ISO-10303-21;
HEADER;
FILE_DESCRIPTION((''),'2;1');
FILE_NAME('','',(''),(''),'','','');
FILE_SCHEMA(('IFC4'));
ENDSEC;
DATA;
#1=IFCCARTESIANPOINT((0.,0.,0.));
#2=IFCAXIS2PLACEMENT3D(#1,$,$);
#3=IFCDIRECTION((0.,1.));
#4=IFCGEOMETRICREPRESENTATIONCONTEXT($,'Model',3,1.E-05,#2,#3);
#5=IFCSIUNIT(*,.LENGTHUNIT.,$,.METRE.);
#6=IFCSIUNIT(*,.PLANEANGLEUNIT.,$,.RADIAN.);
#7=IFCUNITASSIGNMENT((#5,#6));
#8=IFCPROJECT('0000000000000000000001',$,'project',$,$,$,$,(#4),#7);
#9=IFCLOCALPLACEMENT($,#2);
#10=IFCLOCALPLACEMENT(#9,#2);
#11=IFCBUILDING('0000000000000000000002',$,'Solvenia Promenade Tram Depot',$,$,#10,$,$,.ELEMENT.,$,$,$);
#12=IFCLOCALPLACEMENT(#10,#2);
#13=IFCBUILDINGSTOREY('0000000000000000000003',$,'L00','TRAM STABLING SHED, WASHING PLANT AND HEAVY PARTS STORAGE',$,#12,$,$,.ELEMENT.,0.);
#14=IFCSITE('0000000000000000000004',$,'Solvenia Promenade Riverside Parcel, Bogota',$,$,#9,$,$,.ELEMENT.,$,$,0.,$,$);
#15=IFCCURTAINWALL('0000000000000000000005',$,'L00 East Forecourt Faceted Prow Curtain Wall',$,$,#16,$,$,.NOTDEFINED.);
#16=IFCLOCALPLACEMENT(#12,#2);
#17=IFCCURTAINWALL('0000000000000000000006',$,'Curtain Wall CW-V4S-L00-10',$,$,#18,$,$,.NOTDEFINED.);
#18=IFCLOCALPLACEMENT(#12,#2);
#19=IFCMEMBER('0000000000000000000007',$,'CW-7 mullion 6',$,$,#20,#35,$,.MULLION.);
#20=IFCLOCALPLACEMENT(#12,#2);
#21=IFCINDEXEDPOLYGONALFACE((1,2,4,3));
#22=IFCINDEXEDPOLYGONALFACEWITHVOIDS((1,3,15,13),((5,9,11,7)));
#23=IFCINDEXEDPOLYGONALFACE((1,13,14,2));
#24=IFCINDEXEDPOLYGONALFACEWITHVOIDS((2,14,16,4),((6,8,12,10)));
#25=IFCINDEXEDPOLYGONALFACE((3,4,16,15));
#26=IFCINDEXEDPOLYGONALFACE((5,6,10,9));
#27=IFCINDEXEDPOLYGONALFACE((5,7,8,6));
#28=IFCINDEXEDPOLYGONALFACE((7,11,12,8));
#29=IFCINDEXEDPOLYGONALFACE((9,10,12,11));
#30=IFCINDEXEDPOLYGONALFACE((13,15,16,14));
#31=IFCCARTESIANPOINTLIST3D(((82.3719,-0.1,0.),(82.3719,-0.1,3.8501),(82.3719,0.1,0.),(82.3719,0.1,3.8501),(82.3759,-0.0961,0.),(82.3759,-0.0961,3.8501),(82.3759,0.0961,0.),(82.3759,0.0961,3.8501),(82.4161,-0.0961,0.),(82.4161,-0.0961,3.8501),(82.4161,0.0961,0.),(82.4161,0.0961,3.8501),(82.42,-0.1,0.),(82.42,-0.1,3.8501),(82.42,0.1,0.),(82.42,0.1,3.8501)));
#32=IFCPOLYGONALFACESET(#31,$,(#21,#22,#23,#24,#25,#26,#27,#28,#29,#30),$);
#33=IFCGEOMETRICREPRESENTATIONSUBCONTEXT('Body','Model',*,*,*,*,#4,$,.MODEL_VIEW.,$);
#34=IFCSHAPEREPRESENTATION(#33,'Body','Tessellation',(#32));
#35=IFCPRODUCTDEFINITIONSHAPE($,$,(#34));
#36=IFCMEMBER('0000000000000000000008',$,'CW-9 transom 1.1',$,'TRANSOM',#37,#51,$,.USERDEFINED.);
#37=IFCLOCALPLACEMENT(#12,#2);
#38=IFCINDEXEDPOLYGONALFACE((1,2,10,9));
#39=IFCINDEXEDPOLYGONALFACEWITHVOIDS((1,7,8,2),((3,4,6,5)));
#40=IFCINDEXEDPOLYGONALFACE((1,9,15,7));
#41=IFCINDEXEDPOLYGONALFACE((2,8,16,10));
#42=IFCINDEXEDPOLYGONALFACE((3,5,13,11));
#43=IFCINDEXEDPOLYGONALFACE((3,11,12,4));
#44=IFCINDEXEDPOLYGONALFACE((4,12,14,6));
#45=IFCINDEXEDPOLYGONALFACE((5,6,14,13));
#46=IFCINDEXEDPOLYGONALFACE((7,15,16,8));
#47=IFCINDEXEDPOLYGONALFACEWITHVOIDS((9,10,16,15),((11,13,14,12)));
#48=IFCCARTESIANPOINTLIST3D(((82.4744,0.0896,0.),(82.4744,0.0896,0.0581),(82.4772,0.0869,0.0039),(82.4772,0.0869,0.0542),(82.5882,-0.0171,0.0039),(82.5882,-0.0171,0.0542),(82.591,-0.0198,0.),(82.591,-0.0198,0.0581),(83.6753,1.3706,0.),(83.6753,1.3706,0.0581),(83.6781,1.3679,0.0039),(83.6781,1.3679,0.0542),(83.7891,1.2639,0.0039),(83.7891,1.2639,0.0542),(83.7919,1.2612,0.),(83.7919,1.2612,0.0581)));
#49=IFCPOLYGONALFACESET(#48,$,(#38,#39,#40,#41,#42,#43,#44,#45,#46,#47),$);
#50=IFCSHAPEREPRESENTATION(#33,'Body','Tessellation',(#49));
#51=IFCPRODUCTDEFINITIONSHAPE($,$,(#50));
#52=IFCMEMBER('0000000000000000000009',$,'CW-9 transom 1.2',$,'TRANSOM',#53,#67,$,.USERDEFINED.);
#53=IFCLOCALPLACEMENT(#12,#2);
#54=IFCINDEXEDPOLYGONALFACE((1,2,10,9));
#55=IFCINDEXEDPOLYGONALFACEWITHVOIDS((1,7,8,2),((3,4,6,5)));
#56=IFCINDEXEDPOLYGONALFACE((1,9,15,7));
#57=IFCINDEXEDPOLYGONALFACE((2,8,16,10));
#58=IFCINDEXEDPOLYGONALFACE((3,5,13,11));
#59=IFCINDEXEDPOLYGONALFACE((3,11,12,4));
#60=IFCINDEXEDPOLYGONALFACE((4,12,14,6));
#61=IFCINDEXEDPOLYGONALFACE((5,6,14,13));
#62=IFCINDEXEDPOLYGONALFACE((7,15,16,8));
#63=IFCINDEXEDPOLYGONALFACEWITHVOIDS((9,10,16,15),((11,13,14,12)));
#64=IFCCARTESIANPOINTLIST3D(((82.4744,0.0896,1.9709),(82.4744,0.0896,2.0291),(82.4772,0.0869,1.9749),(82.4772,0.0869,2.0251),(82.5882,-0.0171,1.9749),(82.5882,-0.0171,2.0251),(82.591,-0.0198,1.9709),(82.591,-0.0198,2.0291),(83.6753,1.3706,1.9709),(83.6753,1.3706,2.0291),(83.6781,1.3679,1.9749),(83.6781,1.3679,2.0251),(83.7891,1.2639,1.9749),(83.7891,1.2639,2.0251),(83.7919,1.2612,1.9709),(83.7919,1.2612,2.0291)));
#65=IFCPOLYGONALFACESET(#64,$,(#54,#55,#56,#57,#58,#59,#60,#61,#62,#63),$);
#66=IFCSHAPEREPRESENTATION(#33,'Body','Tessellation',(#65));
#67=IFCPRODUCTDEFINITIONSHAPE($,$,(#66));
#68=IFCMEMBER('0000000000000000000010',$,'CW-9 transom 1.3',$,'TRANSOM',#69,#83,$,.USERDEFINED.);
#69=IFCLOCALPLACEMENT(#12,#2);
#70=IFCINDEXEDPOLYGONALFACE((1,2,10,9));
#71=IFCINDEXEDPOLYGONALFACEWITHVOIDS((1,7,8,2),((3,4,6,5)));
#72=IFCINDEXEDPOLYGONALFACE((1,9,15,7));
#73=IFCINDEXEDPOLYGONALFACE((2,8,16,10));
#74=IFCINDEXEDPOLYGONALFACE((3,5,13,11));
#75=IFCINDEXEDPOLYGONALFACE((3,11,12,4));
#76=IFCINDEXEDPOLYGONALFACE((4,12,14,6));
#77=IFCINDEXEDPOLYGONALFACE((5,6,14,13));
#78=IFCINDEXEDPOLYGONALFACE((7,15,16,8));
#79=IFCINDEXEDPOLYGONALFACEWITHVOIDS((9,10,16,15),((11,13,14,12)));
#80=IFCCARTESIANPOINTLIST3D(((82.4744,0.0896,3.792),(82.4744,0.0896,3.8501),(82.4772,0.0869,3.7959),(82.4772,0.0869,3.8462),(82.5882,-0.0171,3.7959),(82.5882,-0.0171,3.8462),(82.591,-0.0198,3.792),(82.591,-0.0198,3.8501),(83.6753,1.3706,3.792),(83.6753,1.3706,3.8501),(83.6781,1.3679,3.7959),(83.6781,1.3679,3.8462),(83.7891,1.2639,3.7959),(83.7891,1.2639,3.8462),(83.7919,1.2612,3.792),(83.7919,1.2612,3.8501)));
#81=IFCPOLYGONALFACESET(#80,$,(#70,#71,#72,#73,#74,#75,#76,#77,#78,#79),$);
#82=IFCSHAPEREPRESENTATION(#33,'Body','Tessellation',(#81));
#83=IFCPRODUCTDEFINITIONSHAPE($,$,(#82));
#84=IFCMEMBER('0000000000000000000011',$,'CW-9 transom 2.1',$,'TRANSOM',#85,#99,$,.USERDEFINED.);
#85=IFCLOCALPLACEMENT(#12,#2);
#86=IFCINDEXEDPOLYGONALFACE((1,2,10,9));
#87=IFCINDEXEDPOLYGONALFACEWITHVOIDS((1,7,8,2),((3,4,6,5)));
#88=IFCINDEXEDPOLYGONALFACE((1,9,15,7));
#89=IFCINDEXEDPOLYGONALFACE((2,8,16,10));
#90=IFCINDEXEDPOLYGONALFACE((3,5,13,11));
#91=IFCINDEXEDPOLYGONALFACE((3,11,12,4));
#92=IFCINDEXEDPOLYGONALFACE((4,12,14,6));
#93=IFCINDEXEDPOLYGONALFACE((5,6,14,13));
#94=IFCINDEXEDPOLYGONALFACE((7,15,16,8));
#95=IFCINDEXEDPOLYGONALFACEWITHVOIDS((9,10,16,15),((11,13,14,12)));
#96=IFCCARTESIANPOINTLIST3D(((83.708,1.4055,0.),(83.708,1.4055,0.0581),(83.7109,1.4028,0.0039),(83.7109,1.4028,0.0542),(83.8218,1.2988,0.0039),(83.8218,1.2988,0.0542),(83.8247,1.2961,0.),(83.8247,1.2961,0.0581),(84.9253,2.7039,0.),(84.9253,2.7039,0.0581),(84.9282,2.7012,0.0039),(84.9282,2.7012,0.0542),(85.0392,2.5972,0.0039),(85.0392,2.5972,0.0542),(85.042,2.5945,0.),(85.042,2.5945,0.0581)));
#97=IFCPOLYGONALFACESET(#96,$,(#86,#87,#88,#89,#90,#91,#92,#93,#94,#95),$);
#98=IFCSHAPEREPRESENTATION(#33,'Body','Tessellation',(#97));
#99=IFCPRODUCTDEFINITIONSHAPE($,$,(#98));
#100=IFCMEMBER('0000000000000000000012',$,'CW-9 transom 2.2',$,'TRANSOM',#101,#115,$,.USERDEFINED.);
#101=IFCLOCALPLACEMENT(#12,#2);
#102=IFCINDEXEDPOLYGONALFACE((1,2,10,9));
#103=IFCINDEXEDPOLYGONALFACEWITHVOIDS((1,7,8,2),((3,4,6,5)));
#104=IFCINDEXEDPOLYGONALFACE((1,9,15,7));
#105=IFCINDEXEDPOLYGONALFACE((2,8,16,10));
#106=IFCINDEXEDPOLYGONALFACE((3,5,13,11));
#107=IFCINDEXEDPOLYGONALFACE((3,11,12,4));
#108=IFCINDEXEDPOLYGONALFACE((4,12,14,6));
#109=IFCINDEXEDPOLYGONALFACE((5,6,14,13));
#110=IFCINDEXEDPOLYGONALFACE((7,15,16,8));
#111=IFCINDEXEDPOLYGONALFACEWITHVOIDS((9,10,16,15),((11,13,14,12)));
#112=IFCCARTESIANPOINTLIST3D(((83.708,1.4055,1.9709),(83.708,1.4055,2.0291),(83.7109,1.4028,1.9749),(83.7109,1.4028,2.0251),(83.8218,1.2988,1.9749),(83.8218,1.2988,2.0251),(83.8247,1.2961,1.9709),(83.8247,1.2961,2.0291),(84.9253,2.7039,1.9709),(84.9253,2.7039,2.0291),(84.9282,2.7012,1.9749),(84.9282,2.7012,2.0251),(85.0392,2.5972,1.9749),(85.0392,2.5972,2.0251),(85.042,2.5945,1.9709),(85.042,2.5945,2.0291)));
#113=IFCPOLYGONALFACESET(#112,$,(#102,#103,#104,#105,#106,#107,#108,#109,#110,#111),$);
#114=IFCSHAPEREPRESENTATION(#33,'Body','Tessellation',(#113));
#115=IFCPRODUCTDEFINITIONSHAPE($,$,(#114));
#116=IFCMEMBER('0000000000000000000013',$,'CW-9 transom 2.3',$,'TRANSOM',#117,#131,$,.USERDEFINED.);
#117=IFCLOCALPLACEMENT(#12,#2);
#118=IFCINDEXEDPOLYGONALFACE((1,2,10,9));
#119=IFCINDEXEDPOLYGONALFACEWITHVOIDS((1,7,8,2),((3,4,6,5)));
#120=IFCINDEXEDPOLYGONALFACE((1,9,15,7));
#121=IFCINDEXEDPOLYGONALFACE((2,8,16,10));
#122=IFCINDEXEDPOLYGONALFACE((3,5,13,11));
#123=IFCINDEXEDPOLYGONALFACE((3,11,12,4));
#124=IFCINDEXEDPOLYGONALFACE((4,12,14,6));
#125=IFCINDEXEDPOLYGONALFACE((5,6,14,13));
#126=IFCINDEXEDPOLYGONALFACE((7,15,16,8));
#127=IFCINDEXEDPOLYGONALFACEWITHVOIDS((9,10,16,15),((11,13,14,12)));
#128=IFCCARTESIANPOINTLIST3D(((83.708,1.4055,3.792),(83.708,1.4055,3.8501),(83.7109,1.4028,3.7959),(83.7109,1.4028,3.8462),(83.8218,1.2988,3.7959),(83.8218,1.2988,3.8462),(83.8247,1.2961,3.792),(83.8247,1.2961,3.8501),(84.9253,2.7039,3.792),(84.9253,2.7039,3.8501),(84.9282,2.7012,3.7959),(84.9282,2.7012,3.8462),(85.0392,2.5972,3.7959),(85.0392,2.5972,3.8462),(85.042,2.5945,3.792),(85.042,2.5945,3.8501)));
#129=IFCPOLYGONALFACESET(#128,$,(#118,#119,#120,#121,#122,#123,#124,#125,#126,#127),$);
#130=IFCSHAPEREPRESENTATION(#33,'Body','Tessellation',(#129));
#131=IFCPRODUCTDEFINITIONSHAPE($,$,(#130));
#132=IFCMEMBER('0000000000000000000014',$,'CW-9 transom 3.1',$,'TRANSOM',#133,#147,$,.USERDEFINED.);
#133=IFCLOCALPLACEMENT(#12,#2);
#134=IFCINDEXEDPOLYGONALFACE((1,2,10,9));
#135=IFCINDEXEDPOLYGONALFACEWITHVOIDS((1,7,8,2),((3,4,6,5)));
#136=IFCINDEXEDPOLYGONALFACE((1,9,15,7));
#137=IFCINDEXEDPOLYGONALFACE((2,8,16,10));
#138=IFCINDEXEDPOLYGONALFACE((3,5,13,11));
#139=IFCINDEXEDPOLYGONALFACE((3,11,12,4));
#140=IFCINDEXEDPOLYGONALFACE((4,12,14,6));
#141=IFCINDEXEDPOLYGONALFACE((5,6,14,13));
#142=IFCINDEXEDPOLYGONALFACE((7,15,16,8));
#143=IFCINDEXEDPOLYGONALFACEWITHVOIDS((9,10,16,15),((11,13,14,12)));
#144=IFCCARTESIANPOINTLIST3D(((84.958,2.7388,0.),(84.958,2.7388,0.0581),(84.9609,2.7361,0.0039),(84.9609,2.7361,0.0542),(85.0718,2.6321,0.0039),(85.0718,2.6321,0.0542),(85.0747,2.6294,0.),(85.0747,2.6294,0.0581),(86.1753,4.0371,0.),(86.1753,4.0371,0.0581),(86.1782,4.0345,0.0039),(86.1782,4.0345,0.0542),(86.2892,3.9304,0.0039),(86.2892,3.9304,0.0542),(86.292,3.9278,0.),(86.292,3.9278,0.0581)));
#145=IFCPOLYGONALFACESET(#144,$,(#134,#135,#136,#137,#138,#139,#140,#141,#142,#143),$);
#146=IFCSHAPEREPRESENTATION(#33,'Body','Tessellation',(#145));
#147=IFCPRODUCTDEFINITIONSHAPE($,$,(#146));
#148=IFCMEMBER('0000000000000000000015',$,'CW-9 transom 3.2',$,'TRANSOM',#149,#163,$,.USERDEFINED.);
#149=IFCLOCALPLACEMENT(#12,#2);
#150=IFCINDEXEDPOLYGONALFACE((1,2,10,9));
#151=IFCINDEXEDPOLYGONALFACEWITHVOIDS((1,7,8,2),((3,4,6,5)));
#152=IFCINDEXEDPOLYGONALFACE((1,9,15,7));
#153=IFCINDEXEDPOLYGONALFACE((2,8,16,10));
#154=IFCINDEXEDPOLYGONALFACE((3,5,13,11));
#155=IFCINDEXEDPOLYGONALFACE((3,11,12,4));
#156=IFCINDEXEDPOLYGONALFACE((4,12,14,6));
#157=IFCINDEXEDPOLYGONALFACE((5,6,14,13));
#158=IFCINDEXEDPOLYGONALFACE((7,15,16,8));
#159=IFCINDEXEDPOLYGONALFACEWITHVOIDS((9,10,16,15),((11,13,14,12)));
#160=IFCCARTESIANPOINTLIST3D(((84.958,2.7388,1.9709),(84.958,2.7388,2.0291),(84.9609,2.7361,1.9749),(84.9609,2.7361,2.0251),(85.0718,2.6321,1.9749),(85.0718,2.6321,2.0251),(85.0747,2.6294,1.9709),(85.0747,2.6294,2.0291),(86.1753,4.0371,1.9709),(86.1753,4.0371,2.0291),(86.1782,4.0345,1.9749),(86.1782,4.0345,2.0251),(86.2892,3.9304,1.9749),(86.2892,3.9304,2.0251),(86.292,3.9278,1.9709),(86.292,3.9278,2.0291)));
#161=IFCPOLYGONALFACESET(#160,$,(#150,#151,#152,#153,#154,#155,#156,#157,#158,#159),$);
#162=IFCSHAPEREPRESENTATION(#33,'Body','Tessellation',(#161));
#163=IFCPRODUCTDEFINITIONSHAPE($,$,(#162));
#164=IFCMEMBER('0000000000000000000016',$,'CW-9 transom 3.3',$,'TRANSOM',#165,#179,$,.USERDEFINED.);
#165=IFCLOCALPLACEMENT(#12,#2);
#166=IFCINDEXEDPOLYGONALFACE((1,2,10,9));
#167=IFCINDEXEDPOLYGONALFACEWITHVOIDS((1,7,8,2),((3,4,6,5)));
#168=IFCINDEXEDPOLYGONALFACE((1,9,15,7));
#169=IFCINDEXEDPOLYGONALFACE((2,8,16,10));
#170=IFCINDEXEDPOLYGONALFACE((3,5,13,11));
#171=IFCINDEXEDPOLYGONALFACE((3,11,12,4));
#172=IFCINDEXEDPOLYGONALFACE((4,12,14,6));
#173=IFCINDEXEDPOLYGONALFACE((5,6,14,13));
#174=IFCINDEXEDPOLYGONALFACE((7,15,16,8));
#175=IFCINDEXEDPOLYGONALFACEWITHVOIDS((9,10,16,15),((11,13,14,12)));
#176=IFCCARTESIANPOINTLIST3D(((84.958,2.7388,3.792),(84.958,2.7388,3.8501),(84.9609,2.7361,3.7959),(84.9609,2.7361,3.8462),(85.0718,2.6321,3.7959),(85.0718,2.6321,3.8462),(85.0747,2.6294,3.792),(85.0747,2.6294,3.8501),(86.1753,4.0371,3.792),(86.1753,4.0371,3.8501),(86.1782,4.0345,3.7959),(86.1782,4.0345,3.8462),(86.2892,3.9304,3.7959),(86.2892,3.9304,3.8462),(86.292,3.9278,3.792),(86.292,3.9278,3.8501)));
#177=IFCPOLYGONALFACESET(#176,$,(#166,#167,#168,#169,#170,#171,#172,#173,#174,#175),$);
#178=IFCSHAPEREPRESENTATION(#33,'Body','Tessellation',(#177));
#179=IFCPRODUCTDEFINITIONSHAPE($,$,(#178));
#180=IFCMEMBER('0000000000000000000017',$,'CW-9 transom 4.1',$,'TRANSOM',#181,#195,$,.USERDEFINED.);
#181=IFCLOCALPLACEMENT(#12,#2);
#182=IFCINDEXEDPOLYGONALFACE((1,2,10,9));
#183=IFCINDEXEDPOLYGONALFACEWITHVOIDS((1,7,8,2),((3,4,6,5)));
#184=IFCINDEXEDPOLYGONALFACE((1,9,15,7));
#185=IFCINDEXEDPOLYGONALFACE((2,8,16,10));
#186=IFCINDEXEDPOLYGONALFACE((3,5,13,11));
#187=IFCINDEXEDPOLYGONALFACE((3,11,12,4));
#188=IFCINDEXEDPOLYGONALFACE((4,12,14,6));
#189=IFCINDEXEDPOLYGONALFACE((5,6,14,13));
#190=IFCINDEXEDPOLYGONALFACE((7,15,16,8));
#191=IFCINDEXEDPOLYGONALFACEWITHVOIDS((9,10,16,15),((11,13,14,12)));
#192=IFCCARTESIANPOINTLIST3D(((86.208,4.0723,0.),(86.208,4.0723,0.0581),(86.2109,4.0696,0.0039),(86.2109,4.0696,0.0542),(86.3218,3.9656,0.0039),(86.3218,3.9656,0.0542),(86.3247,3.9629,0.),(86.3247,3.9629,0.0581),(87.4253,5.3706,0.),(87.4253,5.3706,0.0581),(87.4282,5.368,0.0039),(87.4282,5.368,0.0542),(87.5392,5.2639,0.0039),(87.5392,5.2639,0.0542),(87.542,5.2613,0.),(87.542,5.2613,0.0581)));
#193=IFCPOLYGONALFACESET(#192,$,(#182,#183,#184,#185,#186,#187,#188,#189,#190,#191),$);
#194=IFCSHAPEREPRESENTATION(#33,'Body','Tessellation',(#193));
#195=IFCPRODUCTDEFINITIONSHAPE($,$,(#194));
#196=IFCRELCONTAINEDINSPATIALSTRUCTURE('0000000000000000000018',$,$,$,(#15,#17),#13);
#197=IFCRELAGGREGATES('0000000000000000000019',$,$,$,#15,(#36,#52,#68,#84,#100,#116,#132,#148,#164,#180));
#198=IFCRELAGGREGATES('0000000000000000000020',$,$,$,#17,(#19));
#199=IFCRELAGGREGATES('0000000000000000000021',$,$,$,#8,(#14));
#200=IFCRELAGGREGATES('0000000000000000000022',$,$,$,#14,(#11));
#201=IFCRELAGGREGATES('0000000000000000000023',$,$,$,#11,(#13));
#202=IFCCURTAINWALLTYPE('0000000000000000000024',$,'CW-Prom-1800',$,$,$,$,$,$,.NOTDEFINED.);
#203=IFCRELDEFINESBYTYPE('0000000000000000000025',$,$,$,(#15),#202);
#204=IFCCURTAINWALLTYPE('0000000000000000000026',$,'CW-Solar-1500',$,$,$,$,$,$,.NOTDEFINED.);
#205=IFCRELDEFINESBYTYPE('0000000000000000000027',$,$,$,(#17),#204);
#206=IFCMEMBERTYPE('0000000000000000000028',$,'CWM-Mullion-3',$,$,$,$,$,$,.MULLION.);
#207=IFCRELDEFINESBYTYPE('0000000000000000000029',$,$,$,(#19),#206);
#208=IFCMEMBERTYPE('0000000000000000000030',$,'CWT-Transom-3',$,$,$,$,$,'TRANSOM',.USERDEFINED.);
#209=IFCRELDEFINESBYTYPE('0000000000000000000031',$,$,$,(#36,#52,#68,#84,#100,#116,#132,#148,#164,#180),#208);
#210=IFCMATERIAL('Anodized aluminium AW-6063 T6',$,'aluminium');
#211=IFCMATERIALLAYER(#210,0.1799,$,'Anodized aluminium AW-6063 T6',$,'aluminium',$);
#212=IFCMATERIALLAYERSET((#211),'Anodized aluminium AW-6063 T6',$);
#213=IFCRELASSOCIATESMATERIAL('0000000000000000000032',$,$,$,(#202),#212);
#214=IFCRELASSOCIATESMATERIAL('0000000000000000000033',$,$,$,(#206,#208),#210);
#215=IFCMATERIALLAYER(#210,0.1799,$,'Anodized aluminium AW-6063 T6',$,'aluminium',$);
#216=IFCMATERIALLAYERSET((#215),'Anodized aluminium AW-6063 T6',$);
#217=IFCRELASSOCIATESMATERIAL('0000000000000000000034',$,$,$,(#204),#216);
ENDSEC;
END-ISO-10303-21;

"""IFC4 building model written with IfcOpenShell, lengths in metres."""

from ifc_helpers import new_model, si_unit, direction, frame, origin, origin_2d, place, context, subcontext, project, spatial, hollow_rectangle, extrude, material, layer, layer_set, material_profile, profile_set, type_object, element, aggregate, save


model = new_model("IFC4")

# Units and contexts
model_context = context("Model", 3, precision=1e-05, world=origin(), true_north=direction((0.0, 1.0)))
body_context = subcontext(model_context, "Body", "Model", "MODEL_VIEW")
ifc_project = project(units=[si_unit("LENGTHUNIT", "METRE"), si_unit("PLANEANGLEUNIT", "RADIAN")], contexts=[model_context])

# Site, building, storey
site_placement = place(None, origin())
site = spatial("IfcSite", under=ifc_project, at=site_placement, Name="Solvenia Promenade Riverside Parcel, Bogota", CompositionType="ELEMENT", RefElevation=0.0)
building_placement = place(site_placement, origin())
building = spatial("IfcBuilding", under=site, at=building_placement, Name="Solvenia Promenade Tram Depot", CompositionType="ELEMENT")
storey_placement = place(building_placement, origin())
storey = spatial("IfcBuildingStorey", under=building, at=storey_placement, Name="L00", Description="TRAM STABLING SHED, WASHING PLANT AND HEAVY PARTS STORAGE", CompositionType="ELEMENT", Elevation=0.0)

# Curtain wall
ifc_material_1 = material(Name="Anodized aluminium AW-6063 T6", Category="aluminium")
ifc_layer_1 = layer(ifc_material_1, 0.1799, Name="Anodized aluminium AW-6063 T6", Category="aluminium")
ifc_layer_set_1 = layer_set([ifc_layer_1], Name="Anodized aluminium AW-6063 T6")
curtain_wall_type_1 = type_object("IfcCurtainWallType", Name="CW-Prom-1800", PredefinedType="NOTDEFINED", material=ifc_layer_set_1)
curtain_wall_1_placement = place(storey_placement, origin())
curtain_wall_1 = element("IfcCurtainWall", 1, at=curtain_wall_1_placement, inside=storey, type_object=curtain_wall_type_1, Name="L00 East Forecourt Faceted Prow Curtain Wall", PredefinedType="NOTDEFINED")
ifc_material_profile_1 = material_profile(ifc_material_1, hollow_rectangle(XDim=0.2, YDim=0.0481, WallThickness=0.0039, at=origin_2d()), Name="ALU-M3", Category="aluminium")
ifc_profile_set_1 = profile_set([ifc_material_profile_1], Name="Anodized aluminium AW-6063 T6")
member_type_1 = type_object("IfcMemberType", Name="CWM-Mullion-3", PredefinedType="MULLION", material=ifc_profile_set_1)

# Curtain wall, member
ifc_layer_2 = layer(ifc_material_1, 0.1799, Name="Anodized aluminium AW-6063 T6", Category="aluminium")
ifc_layer_set_2 = layer_set([ifc_layer_2], Name="Anodized aluminium AW-6063 T6")
curtain_wall_type_2 = type_object("IfcCurtainWallType", Name="CW-Solar-1500", PredefinedType="NOTDEFINED", material=ifc_layer_set_2)
curtain_wall_2_placement = place(storey_placement, origin())
curtain_wall_2 = element("IfcCurtainWall", 2, at=curtain_wall_2_placement, inside=storey, type_object=curtain_wall_type_2, Name="Curtain Wall CW-V4S-L00-10", PredefinedType="NOTDEFINED")
member_1_placement = place(storey_placement, frame((82.396, 0.0, 0.0), z_axis=(0.0, 0.0, 1.0), x_axis=(0.0, 1.0, 0.0)))
member_1 = element("IfcMember", 3, at=member_1_placement, type_object=member_type_1, Name="CW-7 mullion 6", PredefinedType="MULLION", context=body_context, shape_type="SweptSolid", body=[
    extrude(hollow_rectangle(XDim=0.2, YDim=0.0481, WallThickness=0.0039, at=origin_2d()), origin(), (0.0, 0.0, 1.0), 3.8501),
])

# Members
ifc_material_profile_2 = material_profile(ifc_material_1, hollow_rectangle(XDim=0.1599, YDim=0.0581, WallThickness=0.0039, at=origin_2d()), Name="ALU-T3", Category="aluminium")
ifc_profile_set_2 = profile_set([ifc_material_profile_2], Name="Anodized aluminium AW-6063 T6")
member_type_2 = type_object("IfcMemberType", Name="CWT-Transom-3", ElementType="TRANSOM", PredefinedType="USERDEFINED", material=ifc_profile_set_2)
member_2_placement = place(storey_placement, frame((82.5327, 0.0349, 0.0291), z_axis=(0.683937, 0.729542, 0.0), x_axis=(-0.729542, 0.683937, 0.0)))
member_2 = element("IfcMember", 4, at=member_2_placement, type_object=member_type_2, Name="CW-9 transom 1.1", ObjectType="TRANSOM", PredefinedType="USERDEFINED", context=body_context, shape_type="SweptSolid", body=[
    extrude(hollow_rectangle(XDim=0.1599, YDim=0.0581, WallThickness=0.0039, at=origin_2d()), origin(), (0.0, 0.0, 1.0), 1.7559),
])
member_3_placement = place(storey_placement, frame((82.5327, 0.0349, 2.0), z_axis=(0.683937, 0.729542, 0.0), x_axis=(-0.729542, 0.683937, 0.0)))
member_3 = element("IfcMember", 5, at=member_3_placement, type_object=member_type_2, Name="CW-9 transom 1.2", ObjectType="TRANSOM", PredefinedType="USERDEFINED", context=body_context, shape_type="SweptSolid", body=[
    extrude(hollow_rectangle(XDim=0.1599, YDim=0.0581, WallThickness=0.0039, at=origin_2d()), origin(), (0.0, 0.0, 1.0), 1.7559),
])
member_4_placement = place(storey_placement, frame((82.5327, 0.0349, 3.821), z_axis=(0.683937, 0.729542, 0.0), x_axis=(-0.729542, 0.683937, 0.0)))
member_4 = element("IfcMember", 6, at=member_4_placement, type_object=member_type_2, Name="CW-9 transom 1.3", ObjectType="TRANSOM", PredefinedType="USERDEFINED", context=body_context, shape_type="SweptSolid", body=[
    extrude(hollow_rectangle(XDim=0.1599, YDim=0.0581, WallThickness=0.0039, at=origin_2d()), origin(), (0.0, 0.0, 1.0), 1.7559),
])
member_5_placement = place(storey_placement, frame((83.7664, 1.3508, 0.0291), z_axis=(0.683969, 0.729512, 0.0), x_axis=(-0.729512, 0.683969, 0.0)))
member_5 = element("IfcMember", 7, at=member_5_placement, type_object=member_type_2, Name="CW-9 transom 2.1", ObjectType="TRANSOM", PredefinedType="USERDEFINED", context=body_context, shape_type="SweptSolid", body=[
    extrude(hollow_rectangle(XDim=0.1599, YDim=0.0581, WallThickness=0.0039, at=origin_2d()), origin(), (0.0, 0.0, 1.0), 1.7798),
])
member_6_placement = place(storey_placement, frame((83.7664, 1.3508, 2.0), z_axis=(0.683969, 0.729512, 0.0), x_axis=(-0.729512, 0.683969, 0.0)))
member_6 = element("IfcMember", 8, at=member_6_placement, type_object=member_type_2, Name="CW-9 transom 2.2", ObjectType="TRANSOM", PredefinedType="USERDEFINED", context=body_context, shape_type="SweptSolid", body=[
    extrude(hollow_rectangle(XDim=0.1599, YDim=0.0581, WallThickness=0.0039, at=origin_2d()), origin(), (0.0, 0.0, 1.0), 1.7798),
])
member_7_placement = place(storey_placement, frame((83.7664, 1.3508, 3.821), z_axis=(0.683969, 0.729512, 0.0), x_axis=(-0.729512, 0.683969, 0.0)))
member_7 = element("IfcMember", 9, at=member_7_placement, type_object=member_type_2, Name="CW-9 transom 2.3", ObjectType="TRANSOM", PredefinedType="USERDEFINED", context=body_context, shape_type="SweptSolid", body=[
    extrude(hollow_rectangle(XDim=0.1599, YDim=0.0581, WallThickness=0.0039, at=origin_2d()), origin(), (0.0, 0.0, 1.0), 1.7798),
])
member_8_placement = place(storey_placement, frame((85.0164, 2.6841, 0.0291), z_axis=(0.683969, 0.729512, 0.0), x_axis=(-0.729512, 0.683969, 0.0)))
member_8 = element("IfcMember", 10, at=member_8_placement, type_object=member_type_2, Name="CW-9 transom 3.1", ObjectType="TRANSOM", PredefinedType="USERDEFINED", context=body_context, shape_type="SweptSolid", body=[
    extrude(hollow_rectangle(XDim=0.1599, YDim=0.0581, WallThickness=0.0039, at=origin_2d()), origin(), (0.0, 0.0, 1.0), 1.7798),
])
member_9_placement = place(storey_placement, frame((85.0164, 2.6841, 2.0), z_axis=(0.683969, 0.729512, 0.0), x_axis=(-0.729512, 0.683969, 0.0)))
member_9 = element("IfcMember", 11, at=member_9_placement, type_object=member_type_2, Name="CW-9 transom 3.2", ObjectType="TRANSOM", PredefinedType="USERDEFINED", context=body_context, shape_type="SweptSolid", body=[
    extrude(hollow_rectangle(XDim=0.1599, YDim=0.0581, WallThickness=0.0039, at=origin_2d()), origin(), (0.0, 0.0, 1.0), 1.7798),
])
member_10_placement = place(storey_placement, frame((85.0164, 2.6841, 3.821), z_axis=(0.683969, 0.729512, 0.0), x_axis=(-0.729512, 0.683969, 0.0)))
member_10 = element("IfcMember", 12, at=member_10_placement, type_object=member_type_2, Name="CW-9 transom 3.3", ObjectType="TRANSOM", PredefinedType="USERDEFINED", context=body_context, shape_type="SweptSolid", body=[
    extrude(hollow_rectangle(XDim=0.1599, YDim=0.0581, WallThickness=0.0039, at=origin_2d()), origin(), (0.0, 0.0, 1.0), 1.7798),
])
member_11_placement = place(storey_placement, frame((86.2664, 4.0176, 0.0291), z_axis=(0.683969, 0.729512, 0.0), x_axis=(-0.729512, 0.683969, 0.0)))
member_11 = element("IfcMember", 13, at=member_11_placement, type_object=member_type_2, Name="CW-9 transom 4.1", ObjectType="TRANSOM", PredefinedType="USERDEFINED", context=body_context, shape_type="SweptSolid", body=[
    extrude(hollow_rectangle(XDim=0.1599, YDim=0.0581, WallThickness=0.0039, at=origin_2d()), origin(), (0.0, 0.0, 1.0), 1.7798),
])

aggregate(curtain_wall_1, [member_2, member_3, member_4, member_5, member_6, member_7, member_8, member_9, member_10, member_11])
aggregate(curtain_wall_2, [member_1])

save(model, "model.ifc")
